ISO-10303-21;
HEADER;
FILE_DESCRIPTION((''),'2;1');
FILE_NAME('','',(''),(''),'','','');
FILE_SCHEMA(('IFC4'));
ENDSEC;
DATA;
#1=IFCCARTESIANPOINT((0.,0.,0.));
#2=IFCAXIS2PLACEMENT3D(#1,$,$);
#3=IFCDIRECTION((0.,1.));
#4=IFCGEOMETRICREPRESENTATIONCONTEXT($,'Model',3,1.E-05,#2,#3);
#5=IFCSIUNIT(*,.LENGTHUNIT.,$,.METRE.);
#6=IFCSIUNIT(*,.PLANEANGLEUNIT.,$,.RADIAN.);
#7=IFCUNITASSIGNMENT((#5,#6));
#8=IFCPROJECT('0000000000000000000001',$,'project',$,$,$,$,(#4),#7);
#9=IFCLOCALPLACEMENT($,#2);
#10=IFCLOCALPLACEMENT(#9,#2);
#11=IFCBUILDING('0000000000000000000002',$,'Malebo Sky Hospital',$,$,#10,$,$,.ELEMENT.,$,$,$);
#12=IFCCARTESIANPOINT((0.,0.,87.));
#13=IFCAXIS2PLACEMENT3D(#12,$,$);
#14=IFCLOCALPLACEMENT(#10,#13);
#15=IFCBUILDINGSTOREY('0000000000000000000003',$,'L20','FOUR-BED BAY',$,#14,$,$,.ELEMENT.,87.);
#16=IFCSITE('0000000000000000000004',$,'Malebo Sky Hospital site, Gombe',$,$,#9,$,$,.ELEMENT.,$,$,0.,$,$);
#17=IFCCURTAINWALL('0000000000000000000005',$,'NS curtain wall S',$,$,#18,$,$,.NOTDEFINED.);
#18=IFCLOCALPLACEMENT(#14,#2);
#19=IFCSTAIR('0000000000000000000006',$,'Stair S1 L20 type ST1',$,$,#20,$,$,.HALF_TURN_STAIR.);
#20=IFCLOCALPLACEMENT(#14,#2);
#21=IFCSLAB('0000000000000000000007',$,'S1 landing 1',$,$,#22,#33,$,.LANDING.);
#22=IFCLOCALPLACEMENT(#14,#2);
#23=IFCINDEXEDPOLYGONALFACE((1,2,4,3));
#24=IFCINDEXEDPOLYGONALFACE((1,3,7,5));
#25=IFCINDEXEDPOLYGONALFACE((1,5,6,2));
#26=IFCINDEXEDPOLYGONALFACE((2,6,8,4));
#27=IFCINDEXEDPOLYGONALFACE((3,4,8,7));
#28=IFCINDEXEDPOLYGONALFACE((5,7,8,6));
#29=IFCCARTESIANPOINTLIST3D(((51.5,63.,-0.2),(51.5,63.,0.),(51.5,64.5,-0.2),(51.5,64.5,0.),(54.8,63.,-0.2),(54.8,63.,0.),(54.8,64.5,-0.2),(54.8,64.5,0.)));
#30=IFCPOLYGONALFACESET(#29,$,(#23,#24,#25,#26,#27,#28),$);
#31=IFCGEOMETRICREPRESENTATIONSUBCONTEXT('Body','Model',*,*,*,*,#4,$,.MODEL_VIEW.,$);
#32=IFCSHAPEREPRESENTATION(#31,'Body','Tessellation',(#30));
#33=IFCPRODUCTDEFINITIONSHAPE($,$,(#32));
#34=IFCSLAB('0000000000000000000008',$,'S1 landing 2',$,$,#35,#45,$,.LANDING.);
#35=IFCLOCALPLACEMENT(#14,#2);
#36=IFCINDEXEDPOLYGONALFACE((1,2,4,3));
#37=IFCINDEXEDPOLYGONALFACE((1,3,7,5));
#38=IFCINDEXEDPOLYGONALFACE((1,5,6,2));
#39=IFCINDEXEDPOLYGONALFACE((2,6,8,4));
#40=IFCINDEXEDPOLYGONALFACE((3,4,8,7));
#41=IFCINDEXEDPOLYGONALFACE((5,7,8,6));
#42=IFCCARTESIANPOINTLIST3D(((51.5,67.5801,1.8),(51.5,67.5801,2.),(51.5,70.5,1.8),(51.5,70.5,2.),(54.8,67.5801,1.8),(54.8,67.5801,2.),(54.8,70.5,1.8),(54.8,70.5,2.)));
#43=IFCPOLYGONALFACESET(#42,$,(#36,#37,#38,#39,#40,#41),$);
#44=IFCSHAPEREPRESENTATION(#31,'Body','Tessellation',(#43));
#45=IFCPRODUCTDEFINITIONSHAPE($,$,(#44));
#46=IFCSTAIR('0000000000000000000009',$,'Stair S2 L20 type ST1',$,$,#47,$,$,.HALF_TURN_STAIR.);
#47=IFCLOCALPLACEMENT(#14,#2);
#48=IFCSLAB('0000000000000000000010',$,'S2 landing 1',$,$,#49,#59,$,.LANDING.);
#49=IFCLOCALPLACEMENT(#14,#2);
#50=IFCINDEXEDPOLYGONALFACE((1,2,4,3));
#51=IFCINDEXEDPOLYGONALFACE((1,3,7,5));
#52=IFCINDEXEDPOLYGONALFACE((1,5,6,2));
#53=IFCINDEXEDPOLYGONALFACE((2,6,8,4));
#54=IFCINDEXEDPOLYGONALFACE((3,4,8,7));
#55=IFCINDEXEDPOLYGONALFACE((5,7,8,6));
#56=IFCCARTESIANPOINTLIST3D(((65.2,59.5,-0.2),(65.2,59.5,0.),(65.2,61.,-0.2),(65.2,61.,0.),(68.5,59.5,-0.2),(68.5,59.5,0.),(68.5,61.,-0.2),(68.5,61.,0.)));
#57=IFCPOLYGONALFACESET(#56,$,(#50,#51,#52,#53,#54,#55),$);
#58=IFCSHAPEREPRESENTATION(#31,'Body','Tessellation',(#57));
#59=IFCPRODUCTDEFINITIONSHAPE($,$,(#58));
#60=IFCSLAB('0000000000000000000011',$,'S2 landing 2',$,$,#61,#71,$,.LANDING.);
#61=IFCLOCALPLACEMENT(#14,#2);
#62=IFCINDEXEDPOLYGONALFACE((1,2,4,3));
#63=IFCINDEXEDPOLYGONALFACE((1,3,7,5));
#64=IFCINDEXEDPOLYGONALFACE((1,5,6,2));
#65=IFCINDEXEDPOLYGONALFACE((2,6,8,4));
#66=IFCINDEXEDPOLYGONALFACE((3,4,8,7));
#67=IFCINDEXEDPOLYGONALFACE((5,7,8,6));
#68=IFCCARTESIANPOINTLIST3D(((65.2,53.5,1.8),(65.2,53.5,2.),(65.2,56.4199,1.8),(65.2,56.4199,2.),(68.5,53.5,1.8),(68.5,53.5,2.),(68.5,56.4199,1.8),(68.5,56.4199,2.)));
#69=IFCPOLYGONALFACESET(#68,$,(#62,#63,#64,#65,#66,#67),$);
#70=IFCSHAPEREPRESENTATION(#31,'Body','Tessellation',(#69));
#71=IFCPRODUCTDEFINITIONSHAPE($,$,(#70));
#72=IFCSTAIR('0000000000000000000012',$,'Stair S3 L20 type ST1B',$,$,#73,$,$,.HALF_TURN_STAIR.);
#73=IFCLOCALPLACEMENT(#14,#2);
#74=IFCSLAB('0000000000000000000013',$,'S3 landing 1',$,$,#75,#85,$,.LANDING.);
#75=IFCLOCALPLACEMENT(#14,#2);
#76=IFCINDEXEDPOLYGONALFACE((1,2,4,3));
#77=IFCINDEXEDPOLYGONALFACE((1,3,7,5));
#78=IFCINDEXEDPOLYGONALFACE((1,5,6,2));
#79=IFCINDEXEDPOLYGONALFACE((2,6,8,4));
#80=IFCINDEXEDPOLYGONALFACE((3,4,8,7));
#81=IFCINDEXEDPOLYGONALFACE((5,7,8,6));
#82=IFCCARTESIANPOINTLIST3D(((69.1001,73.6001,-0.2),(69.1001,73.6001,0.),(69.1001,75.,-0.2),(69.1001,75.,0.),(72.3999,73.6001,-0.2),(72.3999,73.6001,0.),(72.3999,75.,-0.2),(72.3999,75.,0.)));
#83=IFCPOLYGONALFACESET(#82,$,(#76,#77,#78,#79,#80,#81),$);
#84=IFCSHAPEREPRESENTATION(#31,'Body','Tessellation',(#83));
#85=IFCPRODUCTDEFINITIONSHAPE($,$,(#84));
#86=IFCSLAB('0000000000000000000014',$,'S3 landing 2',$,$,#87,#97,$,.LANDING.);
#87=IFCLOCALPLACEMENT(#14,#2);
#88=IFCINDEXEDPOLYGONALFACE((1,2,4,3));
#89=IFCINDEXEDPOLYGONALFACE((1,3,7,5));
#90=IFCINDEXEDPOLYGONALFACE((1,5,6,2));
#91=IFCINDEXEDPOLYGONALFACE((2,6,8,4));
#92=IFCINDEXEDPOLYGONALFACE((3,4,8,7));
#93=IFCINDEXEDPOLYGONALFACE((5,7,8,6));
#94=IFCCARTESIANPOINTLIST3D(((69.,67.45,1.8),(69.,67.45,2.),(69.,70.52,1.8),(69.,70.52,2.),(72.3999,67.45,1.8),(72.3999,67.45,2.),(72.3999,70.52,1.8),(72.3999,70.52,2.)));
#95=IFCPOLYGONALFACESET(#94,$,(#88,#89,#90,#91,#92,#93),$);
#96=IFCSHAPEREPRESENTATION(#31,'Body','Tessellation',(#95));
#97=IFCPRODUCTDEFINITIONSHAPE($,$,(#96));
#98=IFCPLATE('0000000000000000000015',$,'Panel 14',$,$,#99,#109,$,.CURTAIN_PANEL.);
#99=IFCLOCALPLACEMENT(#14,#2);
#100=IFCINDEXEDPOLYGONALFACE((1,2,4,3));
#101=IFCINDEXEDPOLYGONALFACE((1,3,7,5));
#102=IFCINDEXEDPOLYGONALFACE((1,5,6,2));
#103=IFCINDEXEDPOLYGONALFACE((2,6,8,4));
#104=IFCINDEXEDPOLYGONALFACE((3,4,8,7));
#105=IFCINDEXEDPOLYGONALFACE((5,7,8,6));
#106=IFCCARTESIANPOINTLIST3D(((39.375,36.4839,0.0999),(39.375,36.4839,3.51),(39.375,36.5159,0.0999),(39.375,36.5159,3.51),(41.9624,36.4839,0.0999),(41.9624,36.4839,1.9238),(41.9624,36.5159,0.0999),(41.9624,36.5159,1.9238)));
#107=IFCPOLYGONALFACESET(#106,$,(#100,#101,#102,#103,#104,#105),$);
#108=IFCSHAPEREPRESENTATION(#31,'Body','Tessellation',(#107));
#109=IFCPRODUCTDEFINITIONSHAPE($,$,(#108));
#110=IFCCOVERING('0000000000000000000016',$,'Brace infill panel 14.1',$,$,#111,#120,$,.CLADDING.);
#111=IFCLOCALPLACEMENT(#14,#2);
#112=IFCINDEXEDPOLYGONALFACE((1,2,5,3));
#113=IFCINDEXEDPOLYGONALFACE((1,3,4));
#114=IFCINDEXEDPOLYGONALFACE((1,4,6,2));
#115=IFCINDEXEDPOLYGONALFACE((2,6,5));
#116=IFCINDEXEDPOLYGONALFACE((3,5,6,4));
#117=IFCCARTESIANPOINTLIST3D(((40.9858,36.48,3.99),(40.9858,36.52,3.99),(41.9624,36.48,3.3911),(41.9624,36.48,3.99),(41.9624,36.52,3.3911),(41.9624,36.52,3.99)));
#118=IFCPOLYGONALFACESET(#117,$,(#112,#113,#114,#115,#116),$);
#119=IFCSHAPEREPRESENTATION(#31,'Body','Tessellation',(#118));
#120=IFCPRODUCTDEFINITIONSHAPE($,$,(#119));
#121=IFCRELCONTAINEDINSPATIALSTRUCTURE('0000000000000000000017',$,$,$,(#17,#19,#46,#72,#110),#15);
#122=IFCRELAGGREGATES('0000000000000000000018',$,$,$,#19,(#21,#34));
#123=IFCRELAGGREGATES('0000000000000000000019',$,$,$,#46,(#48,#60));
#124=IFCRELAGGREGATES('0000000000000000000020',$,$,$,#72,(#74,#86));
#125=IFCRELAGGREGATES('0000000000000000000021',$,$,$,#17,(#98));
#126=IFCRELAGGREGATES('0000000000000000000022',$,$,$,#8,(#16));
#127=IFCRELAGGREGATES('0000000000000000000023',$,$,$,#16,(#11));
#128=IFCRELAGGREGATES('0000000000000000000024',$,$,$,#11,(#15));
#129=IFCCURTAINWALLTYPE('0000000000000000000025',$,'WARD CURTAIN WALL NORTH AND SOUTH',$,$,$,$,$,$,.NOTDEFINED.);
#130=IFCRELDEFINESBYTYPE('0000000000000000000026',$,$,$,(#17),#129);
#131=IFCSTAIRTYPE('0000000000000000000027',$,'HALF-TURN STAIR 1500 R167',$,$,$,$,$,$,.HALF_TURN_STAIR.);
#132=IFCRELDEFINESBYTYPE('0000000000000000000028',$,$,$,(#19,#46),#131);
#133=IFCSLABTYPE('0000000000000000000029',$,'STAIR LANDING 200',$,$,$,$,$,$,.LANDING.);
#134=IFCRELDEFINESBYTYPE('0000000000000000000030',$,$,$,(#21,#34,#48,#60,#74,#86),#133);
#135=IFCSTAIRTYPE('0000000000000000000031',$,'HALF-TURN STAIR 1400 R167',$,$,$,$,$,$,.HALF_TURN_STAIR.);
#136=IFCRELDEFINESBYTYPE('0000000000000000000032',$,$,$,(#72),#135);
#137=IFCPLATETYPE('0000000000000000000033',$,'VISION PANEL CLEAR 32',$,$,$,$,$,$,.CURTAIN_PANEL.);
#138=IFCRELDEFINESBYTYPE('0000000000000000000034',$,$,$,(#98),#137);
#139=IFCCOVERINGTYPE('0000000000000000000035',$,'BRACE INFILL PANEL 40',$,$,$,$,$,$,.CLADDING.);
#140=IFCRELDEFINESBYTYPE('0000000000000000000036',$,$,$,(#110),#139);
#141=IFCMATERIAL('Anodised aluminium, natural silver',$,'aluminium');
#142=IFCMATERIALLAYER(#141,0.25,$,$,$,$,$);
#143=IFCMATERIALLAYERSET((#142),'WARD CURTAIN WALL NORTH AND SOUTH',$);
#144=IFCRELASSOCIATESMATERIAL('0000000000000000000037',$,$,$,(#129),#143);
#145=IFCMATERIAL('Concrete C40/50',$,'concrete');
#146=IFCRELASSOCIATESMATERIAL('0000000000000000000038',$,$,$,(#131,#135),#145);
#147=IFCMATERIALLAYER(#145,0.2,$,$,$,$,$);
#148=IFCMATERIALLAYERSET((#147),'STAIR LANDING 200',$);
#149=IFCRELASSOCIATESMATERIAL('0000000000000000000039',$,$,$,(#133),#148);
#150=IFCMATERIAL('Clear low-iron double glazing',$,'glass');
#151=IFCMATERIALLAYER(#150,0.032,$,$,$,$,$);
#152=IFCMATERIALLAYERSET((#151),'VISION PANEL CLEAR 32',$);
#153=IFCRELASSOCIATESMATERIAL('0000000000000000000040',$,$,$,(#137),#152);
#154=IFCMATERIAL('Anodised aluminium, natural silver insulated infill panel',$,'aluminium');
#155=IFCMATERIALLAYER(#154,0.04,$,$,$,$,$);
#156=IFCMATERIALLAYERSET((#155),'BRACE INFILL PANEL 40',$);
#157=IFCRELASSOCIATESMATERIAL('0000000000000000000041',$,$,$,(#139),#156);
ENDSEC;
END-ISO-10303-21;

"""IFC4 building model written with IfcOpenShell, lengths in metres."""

from ifc_helpers import new_model, si_unit, direction, frame, origin, place, context, subcontext, project, spatial, polyline, outline, extrude, material, layer, layer_set, type_object, element, aggregate, save


model = new_model("IFC4")

# Units and contexts
model_context = context("Model", 3, precision=1e-05, world=origin(), true_north=direction((0.0, 1.0)))
body_context = subcontext(model_context, "Body", "Model", "MODEL_VIEW")
ifc_project = project(units=[si_unit("LENGTHUNIT", "METRE"), si_unit("PLANEANGLEUNIT", "RADIAN")], contexts=[model_context])

# Site, building, storey
site_placement = place(None, origin())
site = spatial("IfcSite", under=ifc_project, at=site_placement, Name="Malebo Sky Hospital site, Gombe", CompositionType="ELEMENT", RefElevation=0.0)
building_placement = place(site_placement, origin())
building = spatial("IfcBuilding", under=site, at=building_placement, Name="Malebo Sky Hospital", CompositionType="ELEMENT")
storey_placement = place(building_placement, frame((0.0, 0.0, 87.0)))
storey = spatial("IfcBuildingStorey", under=building, at=storey_placement, Name="L20", Description="FOUR-BED BAY", CompositionType="ELEMENT", Elevation=87.0)

# Curtain wall
ifc_material_1 = material(Name="Anodised aluminium, natural silver", Category="aluminium")
ifc_layer_1 = layer(ifc_material_1, 0.25)
ifc_layer_set_1 = layer_set([ifc_layer_1], Name="WARD CURTAIN WALL NORTH AND SOUTH")
curtain_wall_type = type_object("IfcCurtainWallType", Name="WARD CURTAIN WALL NORTH AND SOUTH", PredefinedType="NOTDEFINED", material=ifc_layer_set_1)
curtain_wall_placement = place(storey_placement, origin())
curtain_wall = element("IfcCurtainWall", 1, at=curtain_wall_placement, inside=storey, type_object=curtain_wall_type, Name="NS curtain wall S", PredefinedType="NOTDEFINED")

# Shared definitions
ifc_material_2 = material(Name="Concrete C40/50", Category="concrete")

# Stairs, slabs
stair_type_1 = type_object("IfcStairType", Name="HALF-TURN STAIR 1500 R167", PredefinedType="HALF_TURN_STAIR", material=ifc_material_2)
stair_1_placement = place(storey_placement, origin())
stair_1 = element("IfcStair", 2, at=stair_1_placement, inside=storey, type_object=stair_type_1, Name="Stair S1 L20 type ST1", PredefinedType="HALF_TURN_STAIR")
ifc_layer_2 = layer(ifc_material_2, 0.2)
ifc_layer_set_2 = layer_set([ifc_layer_2], Name="STAIR LANDING 200")
slab_type_1 = type_object("IfcSlabType", Name="STAIR LANDING 200", PredefinedType="LANDING", material=ifc_layer_set_2)
slab_1_placement = place(storey_placement, frame((0.0, 0.0, -0.2)))
slab_1 = element("IfcSlab", 3, at=slab_1_placement, type_object=slab_type_1, Name="S1 landing 1", PredefinedType="LANDING", context=body_context, shape_type="SweptSolid", body=[
    extrude(outline(polyline([(51.5, 63.0), (54.8, 63.0), (54.8, 64.5), (51.5, 64.5), (51.5, 63.0)])), origin(), (0.0, 0.0, 1.0), 0.2),
])
slab_2_placement = place(storey_placement, frame((0.0, 0.0, 1.8)))
slab_2 = element("IfcSlab", 4, at=slab_2_placement, type_object=slab_type_1, Name="S1 landing 2", PredefinedType="LANDING", context=body_context, shape_type="SweptSolid", body=[
    extrude(outline(polyline([(51.5, 67.5801), (54.8, 67.5801), (54.8, 70.5), (51.5, 70.5), (51.5, 67.5801)])), origin(), (0.0, 0.0, 1.0), 0.2),
])
aggregate(stair_1, [slab_1, slab_2])
stair_2_placement = place(storey_placement, origin())
stair_2 = element("IfcStair", 5, at=stair_2_placement, inside=storey, type_object=stair_type_1, Name="Stair S2 L20 type ST1", PredefinedType="HALF_TURN_STAIR")
slab_3_placement = place(storey_placement, frame((0.0, 0.0, -0.2)))
slab_3 = element("IfcSlab", 6, at=slab_3_placement, type_object=slab_type_1, Name="S2 landing 1", PredefinedType="LANDING", context=body_context, shape_type="SweptSolid", body=[
    extrude(outline(polyline([(65.2, 59.5), (68.5, 59.5), (68.5, 61.0), (65.2, 61.0), (65.2, 59.5)])), origin(), (0.0, 0.0, 1.0), 0.2),
])
slab_4_placement = place(storey_placement, frame((0.0, 0.0, 1.8)))
slab_4 = element("IfcSlab", 7, at=slab_4_placement, type_object=slab_type_1, Name="S2 landing 2", PredefinedType="LANDING", context=body_context, shape_type="SweptSolid", body=[
    extrude(outline(polyline([(65.2, 53.5), (68.5, 53.5), (68.5, 56.4199), (65.2, 56.4199), (65.2, 53.5)])), origin(), (0.0, 0.0, 1.0), 0.2),
])
aggregate(stair_2, [slab_3, slab_4])
stair_type_2 = type_object("IfcStairType", Name="HALF-TURN STAIR 1400 R167", PredefinedType="HALF_TURN_STAIR", material=ifc_material_2)
stair_3_placement = place(storey_placement, origin())
stair_3 = element("IfcStair", 8, at=stair_3_placement, inside=storey, type_object=stair_type_2, Name="Stair S3 L20 type ST1B", PredefinedType="HALF_TURN_STAIR")
slab_5_placement = place(storey_placement, frame((0.0, 0.0, -0.2)))
slab_5 = element("IfcSlab", 9, at=slab_5_placement, type_object=slab_type_1, Name="S3 landing 1", PredefinedType="LANDING", context=body_context, shape_type="SweptSolid", body=[
    extrude(outline(polyline([(69.1001, 73.6001), (72.3999, 73.6001), (72.3999, 75.0), (69.1001, 75.0), (69.1001, 73.6001)])), origin(), (0.0, 0.0, 1.0), 0.2),
])
slab_6_placement = place(storey_placement, frame((0.0, 0.0, 1.8)))
slab_6 = element("IfcSlab", 10, at=slab_6_placement, type_object=slab_type_1, Name="S3 landing 2", PredefinedType="LANDING", context=body_context, shape_type="SweptSolid", body=[
    extrude(outline(polyline([(69.0, 67.45), (72.3999, 67.45), (72.3999, 70.52), (69.0, 70.52), (69.0, 67.45)])), origin(), (0.0, 0.0, 1.0), 0.2),
])
aggregate(stair_3, [slab_5, slab_6])

# Plate
ifc_material_3 = material(Name="Clear low-iron double glazing", Category="glass")
ifc_layer_3 = layer(ifc_material_3, 0.032)
ifc_layer_set_3 = layer_set([ifc_layer_3], Name="VISION PANEL CLEAR 32")
plate_type = type_object("IfcPlateType", Name="VISION PANEL CLEAR 32", PredefinedType="CURTAIN_PANEL", material=ifc_layer_set_3)
plate_placement = place(storey_placement, frame((40.6687, 36.5, 0.0999), z_axis=(0.0, 0.0, 1.0), x_axis=(-1.0, 0.0, 0.0)))
plate = element("IfcPlate", 11, at=plate_placement, type_object=plate_type, Name="Panel 14", PredefinedType="CURTAIN_PANEL", context=body_context, shape_type="SweptSolid", body=[
    extrude(outline(polyline([(-1.2937, 0.0), (1.2937, 0.0), (1.2937, 3.4102), (-1.2937, 1.824), (-1.2937, 0.0)])), frame((0.0, 0.0161, 0.0), z_axis=(0.0, -1.0, 0.0), x_axis=(1.0, 0.0, 0.0)), (0.0, 0.0, 1.0), 0.032),
])
aggregate(curtain_wall, [plate])

# Covering
ifc_material_4 = material(Name="Anodised aluminium, natural silver insulated infill panel", Category="aluminium")
ifc_layer_4 = layer(ifc_material_4, 0.04)
ifc_layer_set_4 = layer_set([ifc_layer_4], Name="BRACE INFILL PANEL 40")
covering_type = type_object("IfcCoveringType", Name="BRACE INFILL PANEL 40", PredefinedType="CLADDING", material=ifc_layer_set_4)
covering_placement = place(storey_placement, frame((41.4741, 36.5, 3.3911), z_axis=(0.0, 0.0, 1.0), x_axis=(-1.0, 0.0, 0.0)))
element("IfcCovering", 12, at=covering_placement, inside=storey, type_object=covering_type, Name="Brace infill panel 14.1", PredefinedType="CLADDING", context=body_context, shape_type="SweptSolid", body=[
    extrude(outline(polyline([(-0.4883, 0.0), (0.4883, 0.5989), (-0.4883, 0.5989), (-0.4883, 0.0)])), frame((0.0, 0.02, 0.0), z_axis=(0.0, -1.0, 0.0), x_axis=(1.0, 0.0, 0.0)), (0.0, 0.0, 1.0), 0.04),
])

save(model, "model.ifc")
